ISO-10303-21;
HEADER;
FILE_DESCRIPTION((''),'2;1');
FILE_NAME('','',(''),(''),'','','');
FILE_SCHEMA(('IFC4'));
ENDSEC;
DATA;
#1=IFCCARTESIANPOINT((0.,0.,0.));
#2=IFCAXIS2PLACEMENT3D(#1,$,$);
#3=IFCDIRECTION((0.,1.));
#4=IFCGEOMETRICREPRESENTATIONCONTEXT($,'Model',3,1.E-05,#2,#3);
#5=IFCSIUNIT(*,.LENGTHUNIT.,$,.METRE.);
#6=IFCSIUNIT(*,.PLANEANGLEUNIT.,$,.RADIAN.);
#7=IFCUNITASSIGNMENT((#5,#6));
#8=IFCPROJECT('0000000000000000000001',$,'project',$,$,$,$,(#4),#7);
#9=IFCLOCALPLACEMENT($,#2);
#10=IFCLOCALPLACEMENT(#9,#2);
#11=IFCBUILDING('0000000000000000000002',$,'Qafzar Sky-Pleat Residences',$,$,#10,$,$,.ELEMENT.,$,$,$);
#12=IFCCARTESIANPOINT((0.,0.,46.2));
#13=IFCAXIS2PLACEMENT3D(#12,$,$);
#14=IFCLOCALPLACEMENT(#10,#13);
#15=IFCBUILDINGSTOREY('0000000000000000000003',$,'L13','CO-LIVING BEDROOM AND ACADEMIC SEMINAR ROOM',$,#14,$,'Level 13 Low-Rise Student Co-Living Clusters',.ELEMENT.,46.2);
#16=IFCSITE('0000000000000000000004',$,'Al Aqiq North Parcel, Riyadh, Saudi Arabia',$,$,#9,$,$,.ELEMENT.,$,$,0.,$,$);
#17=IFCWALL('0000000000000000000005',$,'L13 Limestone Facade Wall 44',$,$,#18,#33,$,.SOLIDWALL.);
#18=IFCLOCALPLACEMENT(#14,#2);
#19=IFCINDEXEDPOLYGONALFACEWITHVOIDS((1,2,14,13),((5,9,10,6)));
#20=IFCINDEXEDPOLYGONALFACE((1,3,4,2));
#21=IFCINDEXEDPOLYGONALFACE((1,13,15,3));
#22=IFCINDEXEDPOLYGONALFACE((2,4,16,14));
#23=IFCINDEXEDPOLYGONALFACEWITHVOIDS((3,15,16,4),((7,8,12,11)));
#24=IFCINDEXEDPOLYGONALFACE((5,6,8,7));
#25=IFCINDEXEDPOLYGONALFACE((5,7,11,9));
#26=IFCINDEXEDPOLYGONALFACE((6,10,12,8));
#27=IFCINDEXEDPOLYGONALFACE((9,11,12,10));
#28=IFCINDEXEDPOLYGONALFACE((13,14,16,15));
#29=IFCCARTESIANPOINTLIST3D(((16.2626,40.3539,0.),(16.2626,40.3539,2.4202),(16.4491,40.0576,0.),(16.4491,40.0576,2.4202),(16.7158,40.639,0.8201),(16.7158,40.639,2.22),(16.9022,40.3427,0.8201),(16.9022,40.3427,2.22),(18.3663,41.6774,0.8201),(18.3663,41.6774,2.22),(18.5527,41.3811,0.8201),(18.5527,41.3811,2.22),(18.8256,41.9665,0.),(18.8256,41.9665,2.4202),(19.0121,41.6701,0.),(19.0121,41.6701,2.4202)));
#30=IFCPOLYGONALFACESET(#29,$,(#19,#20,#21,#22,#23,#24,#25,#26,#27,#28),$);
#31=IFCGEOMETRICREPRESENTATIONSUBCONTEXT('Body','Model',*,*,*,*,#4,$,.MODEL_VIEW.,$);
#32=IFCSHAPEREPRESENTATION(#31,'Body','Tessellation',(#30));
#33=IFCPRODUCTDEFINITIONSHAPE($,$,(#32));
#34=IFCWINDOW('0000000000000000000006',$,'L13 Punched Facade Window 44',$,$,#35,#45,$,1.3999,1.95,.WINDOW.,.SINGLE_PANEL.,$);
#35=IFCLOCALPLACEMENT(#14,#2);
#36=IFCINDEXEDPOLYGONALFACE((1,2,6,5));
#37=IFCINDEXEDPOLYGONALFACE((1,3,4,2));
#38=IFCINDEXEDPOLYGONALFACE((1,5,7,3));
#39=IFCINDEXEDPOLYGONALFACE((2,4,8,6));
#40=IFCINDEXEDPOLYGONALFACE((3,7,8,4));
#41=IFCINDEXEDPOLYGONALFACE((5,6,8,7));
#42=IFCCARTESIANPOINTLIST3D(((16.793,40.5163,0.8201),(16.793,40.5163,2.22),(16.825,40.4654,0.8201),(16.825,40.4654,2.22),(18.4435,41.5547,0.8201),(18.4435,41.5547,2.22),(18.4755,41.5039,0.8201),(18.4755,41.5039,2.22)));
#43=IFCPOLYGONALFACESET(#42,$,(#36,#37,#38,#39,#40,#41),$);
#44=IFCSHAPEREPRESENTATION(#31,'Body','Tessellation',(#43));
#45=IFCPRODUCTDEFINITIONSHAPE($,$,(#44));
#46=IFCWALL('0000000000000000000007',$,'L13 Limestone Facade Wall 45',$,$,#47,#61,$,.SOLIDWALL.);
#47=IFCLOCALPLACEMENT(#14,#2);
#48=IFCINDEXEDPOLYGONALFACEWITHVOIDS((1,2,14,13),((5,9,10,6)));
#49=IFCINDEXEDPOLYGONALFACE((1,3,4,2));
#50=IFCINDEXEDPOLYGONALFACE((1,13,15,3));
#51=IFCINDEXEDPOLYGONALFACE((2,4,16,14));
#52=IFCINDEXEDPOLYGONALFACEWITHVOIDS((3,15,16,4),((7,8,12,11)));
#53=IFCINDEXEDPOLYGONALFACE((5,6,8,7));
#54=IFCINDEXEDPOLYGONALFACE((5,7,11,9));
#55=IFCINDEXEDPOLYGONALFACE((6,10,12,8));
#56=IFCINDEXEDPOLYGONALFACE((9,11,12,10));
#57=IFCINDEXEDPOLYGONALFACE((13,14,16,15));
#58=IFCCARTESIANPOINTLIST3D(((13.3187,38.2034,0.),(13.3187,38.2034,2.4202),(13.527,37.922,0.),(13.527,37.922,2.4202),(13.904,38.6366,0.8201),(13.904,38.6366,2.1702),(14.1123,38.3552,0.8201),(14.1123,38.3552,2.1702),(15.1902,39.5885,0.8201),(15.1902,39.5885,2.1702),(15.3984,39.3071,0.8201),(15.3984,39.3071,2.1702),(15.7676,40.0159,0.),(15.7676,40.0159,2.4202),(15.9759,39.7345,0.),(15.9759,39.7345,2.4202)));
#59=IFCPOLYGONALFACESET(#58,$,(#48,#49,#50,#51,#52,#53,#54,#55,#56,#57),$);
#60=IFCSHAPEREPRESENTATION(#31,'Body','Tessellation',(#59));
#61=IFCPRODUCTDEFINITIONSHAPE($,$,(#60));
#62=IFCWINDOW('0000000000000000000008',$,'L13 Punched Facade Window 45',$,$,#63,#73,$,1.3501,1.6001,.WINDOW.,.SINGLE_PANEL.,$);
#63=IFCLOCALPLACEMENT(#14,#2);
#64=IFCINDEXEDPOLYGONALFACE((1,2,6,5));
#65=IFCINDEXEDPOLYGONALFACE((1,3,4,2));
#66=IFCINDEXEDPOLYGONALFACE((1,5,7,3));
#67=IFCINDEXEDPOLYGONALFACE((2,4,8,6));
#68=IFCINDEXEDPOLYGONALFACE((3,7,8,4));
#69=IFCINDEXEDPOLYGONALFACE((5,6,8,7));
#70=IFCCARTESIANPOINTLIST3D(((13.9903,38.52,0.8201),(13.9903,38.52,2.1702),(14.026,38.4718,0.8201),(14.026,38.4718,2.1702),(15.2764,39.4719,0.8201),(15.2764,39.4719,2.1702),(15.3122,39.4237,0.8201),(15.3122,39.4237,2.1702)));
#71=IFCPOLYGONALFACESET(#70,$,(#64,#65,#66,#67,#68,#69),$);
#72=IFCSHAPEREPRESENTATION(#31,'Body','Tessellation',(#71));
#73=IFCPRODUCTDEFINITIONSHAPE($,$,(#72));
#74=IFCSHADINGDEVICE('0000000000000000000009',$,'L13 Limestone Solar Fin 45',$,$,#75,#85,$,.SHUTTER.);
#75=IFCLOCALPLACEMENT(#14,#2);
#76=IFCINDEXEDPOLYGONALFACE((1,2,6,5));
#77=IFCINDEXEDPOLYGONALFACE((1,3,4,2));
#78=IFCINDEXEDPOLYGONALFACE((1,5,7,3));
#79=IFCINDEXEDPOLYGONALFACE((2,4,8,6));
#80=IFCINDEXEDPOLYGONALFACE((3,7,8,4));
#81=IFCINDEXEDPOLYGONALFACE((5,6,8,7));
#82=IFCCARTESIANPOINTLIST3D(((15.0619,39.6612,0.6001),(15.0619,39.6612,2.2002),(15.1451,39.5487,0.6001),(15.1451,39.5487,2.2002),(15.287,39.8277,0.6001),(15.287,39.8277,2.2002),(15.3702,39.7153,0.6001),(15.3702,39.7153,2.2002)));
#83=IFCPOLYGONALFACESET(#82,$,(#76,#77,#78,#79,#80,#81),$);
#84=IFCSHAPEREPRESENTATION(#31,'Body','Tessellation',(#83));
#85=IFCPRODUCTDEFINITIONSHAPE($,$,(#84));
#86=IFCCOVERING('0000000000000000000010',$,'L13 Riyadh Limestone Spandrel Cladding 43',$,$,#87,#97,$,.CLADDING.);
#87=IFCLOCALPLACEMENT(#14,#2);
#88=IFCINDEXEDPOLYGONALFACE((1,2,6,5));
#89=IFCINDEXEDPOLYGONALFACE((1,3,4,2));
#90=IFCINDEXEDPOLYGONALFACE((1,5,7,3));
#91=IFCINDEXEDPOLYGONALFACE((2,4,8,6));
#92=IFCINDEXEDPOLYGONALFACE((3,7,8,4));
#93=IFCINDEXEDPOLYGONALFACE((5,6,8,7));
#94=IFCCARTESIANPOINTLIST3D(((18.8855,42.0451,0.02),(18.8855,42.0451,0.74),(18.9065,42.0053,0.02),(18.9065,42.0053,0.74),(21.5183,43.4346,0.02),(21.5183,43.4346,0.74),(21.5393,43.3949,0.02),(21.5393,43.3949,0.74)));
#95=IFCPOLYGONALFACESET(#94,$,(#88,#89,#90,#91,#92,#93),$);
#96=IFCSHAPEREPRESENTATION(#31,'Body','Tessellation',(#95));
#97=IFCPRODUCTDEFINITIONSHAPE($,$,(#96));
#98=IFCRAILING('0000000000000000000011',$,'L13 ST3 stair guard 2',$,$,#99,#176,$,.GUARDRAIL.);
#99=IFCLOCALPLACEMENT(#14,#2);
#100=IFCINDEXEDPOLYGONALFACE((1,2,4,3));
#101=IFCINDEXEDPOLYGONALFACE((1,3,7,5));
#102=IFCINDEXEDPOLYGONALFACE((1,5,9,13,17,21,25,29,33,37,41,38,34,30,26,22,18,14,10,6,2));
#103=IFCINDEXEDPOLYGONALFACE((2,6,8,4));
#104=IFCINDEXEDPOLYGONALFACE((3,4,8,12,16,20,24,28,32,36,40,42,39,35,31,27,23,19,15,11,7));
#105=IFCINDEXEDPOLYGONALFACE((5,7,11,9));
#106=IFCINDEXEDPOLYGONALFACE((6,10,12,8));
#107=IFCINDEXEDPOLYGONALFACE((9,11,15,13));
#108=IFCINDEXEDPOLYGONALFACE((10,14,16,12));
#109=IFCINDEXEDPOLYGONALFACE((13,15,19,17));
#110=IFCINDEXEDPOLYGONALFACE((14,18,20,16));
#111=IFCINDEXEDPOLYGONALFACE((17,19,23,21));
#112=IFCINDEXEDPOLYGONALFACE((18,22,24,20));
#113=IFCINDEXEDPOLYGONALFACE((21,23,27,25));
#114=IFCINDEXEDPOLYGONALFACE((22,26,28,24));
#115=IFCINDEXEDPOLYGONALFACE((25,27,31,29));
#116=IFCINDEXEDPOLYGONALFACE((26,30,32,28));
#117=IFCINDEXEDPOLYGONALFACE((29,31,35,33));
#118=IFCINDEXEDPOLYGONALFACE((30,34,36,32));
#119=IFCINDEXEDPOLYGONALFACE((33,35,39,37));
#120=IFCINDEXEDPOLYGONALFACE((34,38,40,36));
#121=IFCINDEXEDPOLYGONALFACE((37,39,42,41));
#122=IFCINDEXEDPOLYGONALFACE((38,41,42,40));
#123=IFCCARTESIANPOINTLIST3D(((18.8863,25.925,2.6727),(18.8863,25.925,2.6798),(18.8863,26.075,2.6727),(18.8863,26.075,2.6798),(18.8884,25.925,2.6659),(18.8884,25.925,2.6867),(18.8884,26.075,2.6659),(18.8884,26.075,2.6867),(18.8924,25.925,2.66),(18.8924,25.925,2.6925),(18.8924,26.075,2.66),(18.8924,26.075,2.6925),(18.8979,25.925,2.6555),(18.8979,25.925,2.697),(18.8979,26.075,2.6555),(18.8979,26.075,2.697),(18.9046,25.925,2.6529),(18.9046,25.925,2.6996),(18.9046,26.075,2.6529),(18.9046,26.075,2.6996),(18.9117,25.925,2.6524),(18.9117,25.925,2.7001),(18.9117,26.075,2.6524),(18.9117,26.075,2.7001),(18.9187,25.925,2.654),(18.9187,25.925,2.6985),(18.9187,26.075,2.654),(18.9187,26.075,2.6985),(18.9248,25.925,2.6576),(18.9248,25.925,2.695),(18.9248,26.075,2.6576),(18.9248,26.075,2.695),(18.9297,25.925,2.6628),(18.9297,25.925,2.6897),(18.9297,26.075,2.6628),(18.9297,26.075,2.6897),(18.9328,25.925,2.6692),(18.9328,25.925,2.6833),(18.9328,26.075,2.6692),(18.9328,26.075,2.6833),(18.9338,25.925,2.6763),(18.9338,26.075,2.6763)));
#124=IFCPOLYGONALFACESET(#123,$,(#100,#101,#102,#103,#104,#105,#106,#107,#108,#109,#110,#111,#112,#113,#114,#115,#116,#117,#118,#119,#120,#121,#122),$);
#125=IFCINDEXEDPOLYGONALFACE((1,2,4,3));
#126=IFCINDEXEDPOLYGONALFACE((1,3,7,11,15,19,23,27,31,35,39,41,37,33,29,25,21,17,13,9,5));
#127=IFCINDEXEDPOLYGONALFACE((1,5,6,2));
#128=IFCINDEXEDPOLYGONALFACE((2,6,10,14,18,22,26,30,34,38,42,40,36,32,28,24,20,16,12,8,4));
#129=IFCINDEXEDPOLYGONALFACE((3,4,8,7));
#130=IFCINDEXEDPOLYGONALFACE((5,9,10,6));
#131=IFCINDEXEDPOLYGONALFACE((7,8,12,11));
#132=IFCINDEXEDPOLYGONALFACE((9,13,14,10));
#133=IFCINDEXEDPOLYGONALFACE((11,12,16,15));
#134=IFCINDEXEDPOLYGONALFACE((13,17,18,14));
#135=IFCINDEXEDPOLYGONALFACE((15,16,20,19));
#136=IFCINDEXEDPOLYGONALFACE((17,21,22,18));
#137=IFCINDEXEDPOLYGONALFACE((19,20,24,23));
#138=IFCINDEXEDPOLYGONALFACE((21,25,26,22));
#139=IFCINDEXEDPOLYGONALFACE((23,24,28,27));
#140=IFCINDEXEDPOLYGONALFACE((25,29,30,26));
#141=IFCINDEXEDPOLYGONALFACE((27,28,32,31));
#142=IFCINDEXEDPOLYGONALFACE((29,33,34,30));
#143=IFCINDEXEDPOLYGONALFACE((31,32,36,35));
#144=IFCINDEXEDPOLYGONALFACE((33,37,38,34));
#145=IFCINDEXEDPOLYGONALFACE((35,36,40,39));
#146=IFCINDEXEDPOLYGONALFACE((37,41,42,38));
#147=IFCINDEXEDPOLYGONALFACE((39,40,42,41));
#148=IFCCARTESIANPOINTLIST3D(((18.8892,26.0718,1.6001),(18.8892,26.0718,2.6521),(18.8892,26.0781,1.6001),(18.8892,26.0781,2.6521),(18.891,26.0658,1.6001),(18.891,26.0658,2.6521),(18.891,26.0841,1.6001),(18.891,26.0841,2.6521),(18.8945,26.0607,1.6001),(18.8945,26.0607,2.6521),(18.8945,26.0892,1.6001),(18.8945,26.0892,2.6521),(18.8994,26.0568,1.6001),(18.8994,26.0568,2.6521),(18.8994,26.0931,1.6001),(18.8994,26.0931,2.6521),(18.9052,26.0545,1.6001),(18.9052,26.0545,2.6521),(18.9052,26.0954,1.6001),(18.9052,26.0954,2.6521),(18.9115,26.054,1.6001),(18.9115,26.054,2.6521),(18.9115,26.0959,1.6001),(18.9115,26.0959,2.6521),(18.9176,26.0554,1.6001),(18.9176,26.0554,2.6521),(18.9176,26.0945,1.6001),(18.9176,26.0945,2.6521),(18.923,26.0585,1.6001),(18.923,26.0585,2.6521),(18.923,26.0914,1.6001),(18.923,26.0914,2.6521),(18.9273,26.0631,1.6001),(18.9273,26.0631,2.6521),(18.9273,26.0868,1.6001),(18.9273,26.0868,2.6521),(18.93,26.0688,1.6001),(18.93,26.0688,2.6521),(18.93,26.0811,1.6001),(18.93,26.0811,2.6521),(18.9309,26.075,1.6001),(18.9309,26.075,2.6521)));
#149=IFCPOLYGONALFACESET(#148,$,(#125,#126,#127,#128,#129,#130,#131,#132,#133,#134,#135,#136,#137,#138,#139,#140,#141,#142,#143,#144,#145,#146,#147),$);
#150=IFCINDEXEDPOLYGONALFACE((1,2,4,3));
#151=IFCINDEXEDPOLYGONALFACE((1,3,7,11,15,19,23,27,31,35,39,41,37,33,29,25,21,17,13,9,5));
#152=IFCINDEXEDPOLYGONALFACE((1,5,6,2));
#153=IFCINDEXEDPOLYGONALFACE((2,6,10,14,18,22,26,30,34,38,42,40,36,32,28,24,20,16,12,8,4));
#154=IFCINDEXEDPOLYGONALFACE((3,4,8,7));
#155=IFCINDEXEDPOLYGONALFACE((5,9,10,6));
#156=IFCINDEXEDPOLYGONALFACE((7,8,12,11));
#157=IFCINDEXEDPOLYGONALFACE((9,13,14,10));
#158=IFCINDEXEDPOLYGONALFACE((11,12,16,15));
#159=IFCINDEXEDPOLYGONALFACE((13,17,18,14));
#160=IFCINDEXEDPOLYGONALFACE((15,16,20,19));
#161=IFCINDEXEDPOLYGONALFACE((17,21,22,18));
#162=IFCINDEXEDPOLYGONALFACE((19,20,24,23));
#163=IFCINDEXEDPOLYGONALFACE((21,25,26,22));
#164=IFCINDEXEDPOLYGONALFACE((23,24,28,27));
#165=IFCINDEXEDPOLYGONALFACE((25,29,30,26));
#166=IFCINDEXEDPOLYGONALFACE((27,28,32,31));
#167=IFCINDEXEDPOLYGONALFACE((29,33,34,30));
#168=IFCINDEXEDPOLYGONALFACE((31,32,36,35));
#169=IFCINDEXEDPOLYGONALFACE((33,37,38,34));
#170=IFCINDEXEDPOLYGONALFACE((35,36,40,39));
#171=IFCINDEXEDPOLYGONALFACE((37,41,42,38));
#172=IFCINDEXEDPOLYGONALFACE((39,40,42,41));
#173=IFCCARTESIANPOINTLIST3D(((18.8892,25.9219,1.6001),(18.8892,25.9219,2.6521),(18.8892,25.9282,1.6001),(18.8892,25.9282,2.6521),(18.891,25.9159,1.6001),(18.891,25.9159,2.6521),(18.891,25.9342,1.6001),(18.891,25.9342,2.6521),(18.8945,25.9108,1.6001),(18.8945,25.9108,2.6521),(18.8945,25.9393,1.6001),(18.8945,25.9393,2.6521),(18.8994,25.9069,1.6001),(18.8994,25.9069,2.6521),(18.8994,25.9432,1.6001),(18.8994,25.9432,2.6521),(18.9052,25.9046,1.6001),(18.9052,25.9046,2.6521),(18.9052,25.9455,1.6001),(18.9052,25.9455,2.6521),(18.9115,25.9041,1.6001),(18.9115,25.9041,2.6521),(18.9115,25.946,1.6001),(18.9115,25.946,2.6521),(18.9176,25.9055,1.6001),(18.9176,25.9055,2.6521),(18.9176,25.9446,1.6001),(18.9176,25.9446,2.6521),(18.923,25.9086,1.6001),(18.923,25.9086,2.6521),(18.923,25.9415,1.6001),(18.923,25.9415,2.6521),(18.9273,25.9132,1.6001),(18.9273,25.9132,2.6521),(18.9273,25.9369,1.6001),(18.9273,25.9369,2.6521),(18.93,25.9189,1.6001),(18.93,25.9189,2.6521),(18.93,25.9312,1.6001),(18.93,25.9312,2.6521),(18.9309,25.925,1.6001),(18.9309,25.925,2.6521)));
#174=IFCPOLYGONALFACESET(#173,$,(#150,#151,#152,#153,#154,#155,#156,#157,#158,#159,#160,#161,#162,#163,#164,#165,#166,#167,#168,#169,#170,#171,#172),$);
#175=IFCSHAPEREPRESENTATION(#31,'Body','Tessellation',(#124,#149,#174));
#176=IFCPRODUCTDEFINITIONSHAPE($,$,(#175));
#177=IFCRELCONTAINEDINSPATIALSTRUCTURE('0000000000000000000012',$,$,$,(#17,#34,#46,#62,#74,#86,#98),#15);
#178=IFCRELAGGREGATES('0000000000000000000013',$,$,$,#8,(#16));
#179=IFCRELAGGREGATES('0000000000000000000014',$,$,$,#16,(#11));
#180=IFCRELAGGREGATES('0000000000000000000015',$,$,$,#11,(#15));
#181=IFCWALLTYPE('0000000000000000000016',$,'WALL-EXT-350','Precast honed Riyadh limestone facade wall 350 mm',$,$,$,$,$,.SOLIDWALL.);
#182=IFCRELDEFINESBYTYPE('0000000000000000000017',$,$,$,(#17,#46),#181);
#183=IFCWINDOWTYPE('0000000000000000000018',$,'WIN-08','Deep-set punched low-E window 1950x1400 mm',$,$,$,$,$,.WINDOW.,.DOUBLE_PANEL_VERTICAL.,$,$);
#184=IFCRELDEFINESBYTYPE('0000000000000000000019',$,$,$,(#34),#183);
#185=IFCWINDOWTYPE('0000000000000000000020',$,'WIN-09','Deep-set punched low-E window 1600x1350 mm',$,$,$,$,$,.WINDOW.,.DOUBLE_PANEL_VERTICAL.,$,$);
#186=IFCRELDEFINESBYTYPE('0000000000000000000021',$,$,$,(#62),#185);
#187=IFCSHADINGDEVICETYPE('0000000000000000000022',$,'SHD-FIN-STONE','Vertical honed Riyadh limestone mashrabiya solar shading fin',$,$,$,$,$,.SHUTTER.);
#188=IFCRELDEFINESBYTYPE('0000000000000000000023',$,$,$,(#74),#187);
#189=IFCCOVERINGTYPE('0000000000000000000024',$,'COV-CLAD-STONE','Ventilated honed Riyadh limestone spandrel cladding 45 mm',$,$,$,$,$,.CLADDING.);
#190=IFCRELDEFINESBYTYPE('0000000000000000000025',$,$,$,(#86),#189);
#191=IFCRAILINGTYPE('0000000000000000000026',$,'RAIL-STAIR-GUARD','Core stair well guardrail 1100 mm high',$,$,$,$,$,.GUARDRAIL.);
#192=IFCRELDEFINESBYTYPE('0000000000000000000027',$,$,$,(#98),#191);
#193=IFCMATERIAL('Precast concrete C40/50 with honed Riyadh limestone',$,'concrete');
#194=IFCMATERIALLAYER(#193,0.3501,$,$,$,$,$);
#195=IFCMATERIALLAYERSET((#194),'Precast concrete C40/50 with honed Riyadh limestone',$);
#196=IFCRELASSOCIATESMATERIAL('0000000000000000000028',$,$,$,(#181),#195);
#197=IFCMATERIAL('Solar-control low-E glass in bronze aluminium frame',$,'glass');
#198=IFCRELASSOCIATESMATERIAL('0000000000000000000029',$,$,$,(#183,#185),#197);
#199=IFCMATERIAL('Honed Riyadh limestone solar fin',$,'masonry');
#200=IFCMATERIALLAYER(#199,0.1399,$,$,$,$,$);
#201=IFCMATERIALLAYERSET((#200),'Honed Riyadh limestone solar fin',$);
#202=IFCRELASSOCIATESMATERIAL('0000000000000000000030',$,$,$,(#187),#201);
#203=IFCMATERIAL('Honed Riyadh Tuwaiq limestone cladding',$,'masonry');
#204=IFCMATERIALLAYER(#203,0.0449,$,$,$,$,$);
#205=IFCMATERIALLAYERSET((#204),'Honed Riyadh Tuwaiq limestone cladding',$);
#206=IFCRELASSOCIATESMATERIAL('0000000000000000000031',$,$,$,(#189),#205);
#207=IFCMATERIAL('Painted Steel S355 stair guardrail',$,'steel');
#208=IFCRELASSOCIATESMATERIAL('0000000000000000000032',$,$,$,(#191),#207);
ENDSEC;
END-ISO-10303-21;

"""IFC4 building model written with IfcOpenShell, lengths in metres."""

from ifc_helpers import new_model, si_unit, direction, frame, frame_2d, origin, origin_2d, place, context, subcontext, project, spatial, rectangle, circle, extrude, source, transform, mapped, material, layer, layer_set, type_object, element, fill, save


model = new_model("IFC4")

# Units and contexts
model_context = context("Model", 3, precision=1e-05, world=origin(), true_north=direction((0.0, 1.0)))
body_context = subcontext(model_context, "Body", "Model", "MODEL_VIEW")
ifc_project = project(units=[si_unit("LENGTHUNIT", "METRE"), si_unit("PLANEANGLEUNIT", "RADIAN")], contexts=[model_context])

# Site, building, storey
site_placement = place(None, origin())
site = spatial("IfcSite", under=ifc_project, at=site_placement, Name="Al Aqiq North Parcel, Riyadh, Saudi Arabia", CompositionType="ELEMENT", RefElevation=0.0)
building_placement = place(site_placement, origin())
building = spatial("IfcBuilding", under=site, at=building_placement, Name="Qafzar Sky-Pleat Residences", CompositionType="ELEMENT")
storey_placement = place(building_placement, frame((0.0, 0.0, 46.2)))
storey = spatial("IfcBuildingStorey", under=building, at=storey_placement, Name="L13", Description="CO-LIVING BEDROOM AND ACADEMIC SEMINAR ROOM", LongName="Level 13 Low-Rise Student Co-Living Clusters", CompositionType="ELEMENT", Elevation=46.2)

# Walls, openings, windows
ifc_material_1 = material(Name="Precast concrete C40/50 with honed Riyadh limestone", Category="concrete")
ifc_layer_1 = layer(ifc_material_1, 0.3501)
ifc_layer_set_1 = layer_set([ifc_layer_1], Name="Precast concrete C40/50 with honed Riyadh limestone")
wall_type_1 = type_object("IfcWallType", Name="WALL-EXT-350", Description="Precast honed Riyadh limestone facade wall 350 mm", PredefinedType="SOLIDWALL", material=ifc_layer_set_1)
wall_1_placement = place(storey_placement, frame((18.9189, 41.8184, 0.0), z_axis=(0.0, 0.0, 1.0), x_axis=(-0.846409, -0.532533, 0.0)))
wall_1 = element("IfcWall", 1, at=wall_1_placement, inside=storey, type_object=wall_type_1, Name="L13 Limestone Facade Wall 44", PredefinedType="SOLIDWALL", context=body_context, shape_type="SweptSolid", body=[
    extrude(rectangle(XDim=3.0281, YDim=0.3501, at=frame_2d((1.5142, 0.0))), origin(), (0.0, 0.0, 1.0), 2.4202),
])
opening_1_placement = place(wall_1_placement, frame((0.5427, 0.0, 0.8201)))
opening_1 = element("IfcOpeningElement", 2, at=opening_1_placement, cuts=wall_1, PredefinedType="OPENING", context=body_context, shape_type="SweptSolid", body=[
    extrude(rectangle(XDim=1.95, YDim=1.3999, at=frame_2d((0.9751, 0.7))), frame((0.0, 0.1851, 0.0), z_axis=(0.0, -1.0, 0.0), x_axis=(1.0, 0.0, 0.0)), (0.0, 0.0, 1.0), 0.3701),
])
ifc_material_2 = material(Name="Solar-control low-E glass in bronze aluminium frame", Category="glass")
window_type_1 = type_object("IfcWindowType", Name="WIN-08", Description="Deep-set punched low-E window 1950x1400 mm", PartitioningType="DOUBLE_PANEL_VERTICAL", PredefinedType="WINDOW", material=ifc_material_2)
shared_shape_1 = source(origin(), body_context, "Body", "SweptSolid", [
    extrude(rectangle(XDim=1.95, YDim=1.3999, at=frame_2d((0.9751, 0.7))), frame((0.0, 0.03, 0.0), z_axis=(0.0, -1.0, 0.0), x_axis=(1.0, 0.0, 0.0)), (0.0, 0.0, 1.0), 0.0601),
])
window_1_placement = place(opening_1_placement, origin())
window_1 = element("IfcWindow", 3, at=window_1_placement, inside=storey, type_object=window_type_1, Name="L13 Punched Facade Window 44", OverallHeight=1.3999, OverallWidth=1.95, PartitioningType="SINGLE_PANEL", PredefinedType="WINDOW", context=body_context, shape_type="MappedRepresentation", body=[
    mapped(shared_shape_1, transform((0.0, 0.0, 0.0), x_axis=(1.0, 0.0, 0.0), y_axis=(0.0, 1.0, 0.0), z_axis=(0.0, 0.0, 1.0), scale=1.0)),
])
fill(opening_1, window_1)
wall_2_placement = place(storey_placement, frame((15.8718, 39.8752, 0.0), z_axis=(0.0, 0.0, 1.0), x_axis=(-0.803801, -0.594898, 0.0)))
wall_2 = element("IfcWall", 4, at=wall_2_placement, inside=storey, type_object=wall_type_1, Name="L13 Limestone Facade Wall 45", PredefinedType="SOLIDWALL", context=body_context, shape_type="SweptSolid", body=[
    extrude(rectangle(XDim=3.0466, YDim=0.3501, at=frame_2d((1.5234, 0.0))), origin(), (0.0, 0.0, 1.0), 2.4202),
])
opening_2_placement = place(wall_2_placement, frame((0.7185, 0.0, 0.8201)))
opening_2 = element("IfcOpeningElement", 5, at=opening_2_placement, cuts=wall_2, PredefinedType="OPENING", context=body_context, shape_type="SweptSolid", body=[
    extrude(rectangle(XDim=1.6001, YDim=1.3501, at=frame_2d((0.8, 0.675))), frame((0.0, 0.1851, 0.0), z_axis=(0.0, -1.0, 0.0), x_axis=(1.0, 0.0, 0.0)), (0.0, 0.0, 1.0), 0.3701),
])
window_type_2 = type_object("IfcWindowType", Name="WIN-09", Description="Deep-set punched low-E window 1600x1350 mm", PartitioningType="DOUBLE_PANEL_VERTICAL", PredefinedType="WINDOW", material=ifc_material_2)
shared_shape_2 = source(origin(), body_context, "Body", "SweptSolid", [
    extrude(rectangle(XDim=1.6001, YDim=1.3501, at=frame_2d((0.8, 0.675))), frame((0.0, 0.03, 0.0), z_axis=(0.0, -1.0, 0.0), x_axis=(1.0, 0.0, 0.0)), (0.0, 0.0, 1.0), 0.0601),
])
window_2_placement = place(opening_2_placement, origin())
window_2 = element("IfcWindow", 6, at=window_2_placement, inside=storey, type_object=window_type_2, Name="L13 Punched Facade Window 45", OverallHeight=1.3501, OverallWidth=1.6001, PartitioningType="SINGLE_PANEL", PredefinedType="WINDOW", context=body_context, shape_type="MappedRepresentation", body=[
    mapped(shared_shape_2, transform((0.0, 0.0, 0.0), x_axis=(1.0, 0.0, 0.0), y_axis=(0.0, 1.0, 0.0), z_axis=(0.0, 0.0, 1.0), scale=1.0)),
])
fill(opening_2, window_2)

# Shading device
ifc_material_3 = material(Name="Honed Riyadh limestone solar fin", Category="masonry")
ifc_layer_2 = layer(ifc_material_3, 0.1399)
ifc_layer_set_2 = layer_set([ifc_layer_2], Name="Honed Riyadh limestone solar fin")
shading_device_type = type_object("IfcShadingDeviceType", Name="SHD-FIN-STONE", Description="Vertical honed Riyadh limestone mashrabiya solar shading fin", PredefinedType="SHUTTER", material=ifc_layer_set_2)
shared_shape_3 = source(origin(), body_context, "Body", "SweptSolid", [
    extrude(rectangle(XDim=0.1399, YDim=0.28, at=origin_2d()), origin(), (0.0, 0.0, 1.0), 1.6001),
])
shading_device_placement = place(storey_placement, frame((15.2161, 39.6882, 0.6001), z_axis=(0.0, 0.0, 1.0), x_axis=(-0.594881, 0.803814, 0.0)))
element("IfcShadingDevice", 7, at=shading_device_placement, inside=storey, type_object=shading_device_type, Name="L13 Limestone Solar Fin 45", PredefinedType="SHUTTER", context=body_context, shape_type="MappedRepresentation", body=[
    mapped(shared_shape_3, transform((0.0, 0.0, 0.0), x_axis=(1.0, 0.0, 0.0), y_axis=(0.0, 1.0, 0.0), z_axis=(0.0, 0.0, 1.0), scale=1.0)),
])

# Covering
ifc_material_4 = material(Name="Honed Riyadh Tuwaiq limestone cladding", Category="masonry")
ifc_layer_3 = layer(ifc_material_4, 0.0449)
ifc_layer_set_3 = layer_set([ifc_layer_3], Name="Honed Riyadh Tuwaiq limestone cladding")
covering_type = type_object("IfcCoveringType", Name="COV-CLAD-STONE", Description="Ventilated honed Riyadh limestone spandrel cladding 45 mm", PredefinedType="CLADDING", material=ifc_layer_set_3)
shared_shape_4 = source(origin(), body_context, "Body", "SweptSolid", [
    extrude(rectangle(XDim=2.9771, YDim=0.0449, at=origin_2d()), origin(), (0.0, 0.0, 1.0), 0.72),
])
covering_placement = place(storey_placement, frame((20.2124, 42.72, 0.02), z_axis=(0.0, 0.0, 1.0), x_axis=(-0.884386, -0.466757, 0.0)))
element("IfcCovering", 8, at=covering_placement, inside=storey, type_object=covering_type, Name="L13 Riyadh Limestone Spandrel Cladding 43", PredefinedType="CLADDING", context=body_context, shape_type="MappedRepresentation", body=[
    mapped(shared_shape_4, transform((0.0, 0.0, 0.0), x_axis=(1.0, 0.0, 0.0), y_axis=(0.0, 1.0, 0.0), z_axis=(0.0, 0.0, 1.0), scale=1.0)),
])

# Railing
ifc_material_5 = material(Name="Painted Steel S355 stair guardrail", Category="steel")
railing_type = type_object("IfcRailingType", Name="RAIL-STAIR-GUARD", Description="Core stair well guardrail 1100 mm high", PredefinedType="GUARDRAIL", material=ifc_material_5)
shared_shape_5 = source(origin(), body_context, "Body", "SweptSolid", [
    extrude(circle(Radius=0.0239, at=origin_2d()), frame((0.0, 0.0, 1.0762), z_axis=(0.0, -1.0, 0.0), x_axis=(1.0, 0.0, 0.0)), (0.0, 0.0, 1.0), 0.1499),
    extrude(circle(Radius=0.021, at=origin_2d()), origin(), (0.0, 0.0, 1.0), 1.052),
    extrude(circle(Radius=0.021, at=origin_2d()), frame((0.0, -0.1499, 0.0)), (0.0, 0.0, 1.0), 1.052),
])
railing_placement = place(storey_placement, frame((18.9099, 26.075, 1.6001)))
element("IfcRailing", 9, at=railing_placement, inside=storey, type_object=railing_type, Name="L13 ST3 stair guard 2", PredefinedType="GUARDRAIL", context=body_context, shape_type="MappedRepresentation", body=[
    mapped(shared_shape_5, transform((0.0, 0.0, 0.0), x_axis=(1.0, 0.0, 0.0), y_axis=(0.0, 1.0, 0.0), z_axis=(0.0, 0.0, 1.0), scale=1.0)),
])

save(model, "model.ifc")
